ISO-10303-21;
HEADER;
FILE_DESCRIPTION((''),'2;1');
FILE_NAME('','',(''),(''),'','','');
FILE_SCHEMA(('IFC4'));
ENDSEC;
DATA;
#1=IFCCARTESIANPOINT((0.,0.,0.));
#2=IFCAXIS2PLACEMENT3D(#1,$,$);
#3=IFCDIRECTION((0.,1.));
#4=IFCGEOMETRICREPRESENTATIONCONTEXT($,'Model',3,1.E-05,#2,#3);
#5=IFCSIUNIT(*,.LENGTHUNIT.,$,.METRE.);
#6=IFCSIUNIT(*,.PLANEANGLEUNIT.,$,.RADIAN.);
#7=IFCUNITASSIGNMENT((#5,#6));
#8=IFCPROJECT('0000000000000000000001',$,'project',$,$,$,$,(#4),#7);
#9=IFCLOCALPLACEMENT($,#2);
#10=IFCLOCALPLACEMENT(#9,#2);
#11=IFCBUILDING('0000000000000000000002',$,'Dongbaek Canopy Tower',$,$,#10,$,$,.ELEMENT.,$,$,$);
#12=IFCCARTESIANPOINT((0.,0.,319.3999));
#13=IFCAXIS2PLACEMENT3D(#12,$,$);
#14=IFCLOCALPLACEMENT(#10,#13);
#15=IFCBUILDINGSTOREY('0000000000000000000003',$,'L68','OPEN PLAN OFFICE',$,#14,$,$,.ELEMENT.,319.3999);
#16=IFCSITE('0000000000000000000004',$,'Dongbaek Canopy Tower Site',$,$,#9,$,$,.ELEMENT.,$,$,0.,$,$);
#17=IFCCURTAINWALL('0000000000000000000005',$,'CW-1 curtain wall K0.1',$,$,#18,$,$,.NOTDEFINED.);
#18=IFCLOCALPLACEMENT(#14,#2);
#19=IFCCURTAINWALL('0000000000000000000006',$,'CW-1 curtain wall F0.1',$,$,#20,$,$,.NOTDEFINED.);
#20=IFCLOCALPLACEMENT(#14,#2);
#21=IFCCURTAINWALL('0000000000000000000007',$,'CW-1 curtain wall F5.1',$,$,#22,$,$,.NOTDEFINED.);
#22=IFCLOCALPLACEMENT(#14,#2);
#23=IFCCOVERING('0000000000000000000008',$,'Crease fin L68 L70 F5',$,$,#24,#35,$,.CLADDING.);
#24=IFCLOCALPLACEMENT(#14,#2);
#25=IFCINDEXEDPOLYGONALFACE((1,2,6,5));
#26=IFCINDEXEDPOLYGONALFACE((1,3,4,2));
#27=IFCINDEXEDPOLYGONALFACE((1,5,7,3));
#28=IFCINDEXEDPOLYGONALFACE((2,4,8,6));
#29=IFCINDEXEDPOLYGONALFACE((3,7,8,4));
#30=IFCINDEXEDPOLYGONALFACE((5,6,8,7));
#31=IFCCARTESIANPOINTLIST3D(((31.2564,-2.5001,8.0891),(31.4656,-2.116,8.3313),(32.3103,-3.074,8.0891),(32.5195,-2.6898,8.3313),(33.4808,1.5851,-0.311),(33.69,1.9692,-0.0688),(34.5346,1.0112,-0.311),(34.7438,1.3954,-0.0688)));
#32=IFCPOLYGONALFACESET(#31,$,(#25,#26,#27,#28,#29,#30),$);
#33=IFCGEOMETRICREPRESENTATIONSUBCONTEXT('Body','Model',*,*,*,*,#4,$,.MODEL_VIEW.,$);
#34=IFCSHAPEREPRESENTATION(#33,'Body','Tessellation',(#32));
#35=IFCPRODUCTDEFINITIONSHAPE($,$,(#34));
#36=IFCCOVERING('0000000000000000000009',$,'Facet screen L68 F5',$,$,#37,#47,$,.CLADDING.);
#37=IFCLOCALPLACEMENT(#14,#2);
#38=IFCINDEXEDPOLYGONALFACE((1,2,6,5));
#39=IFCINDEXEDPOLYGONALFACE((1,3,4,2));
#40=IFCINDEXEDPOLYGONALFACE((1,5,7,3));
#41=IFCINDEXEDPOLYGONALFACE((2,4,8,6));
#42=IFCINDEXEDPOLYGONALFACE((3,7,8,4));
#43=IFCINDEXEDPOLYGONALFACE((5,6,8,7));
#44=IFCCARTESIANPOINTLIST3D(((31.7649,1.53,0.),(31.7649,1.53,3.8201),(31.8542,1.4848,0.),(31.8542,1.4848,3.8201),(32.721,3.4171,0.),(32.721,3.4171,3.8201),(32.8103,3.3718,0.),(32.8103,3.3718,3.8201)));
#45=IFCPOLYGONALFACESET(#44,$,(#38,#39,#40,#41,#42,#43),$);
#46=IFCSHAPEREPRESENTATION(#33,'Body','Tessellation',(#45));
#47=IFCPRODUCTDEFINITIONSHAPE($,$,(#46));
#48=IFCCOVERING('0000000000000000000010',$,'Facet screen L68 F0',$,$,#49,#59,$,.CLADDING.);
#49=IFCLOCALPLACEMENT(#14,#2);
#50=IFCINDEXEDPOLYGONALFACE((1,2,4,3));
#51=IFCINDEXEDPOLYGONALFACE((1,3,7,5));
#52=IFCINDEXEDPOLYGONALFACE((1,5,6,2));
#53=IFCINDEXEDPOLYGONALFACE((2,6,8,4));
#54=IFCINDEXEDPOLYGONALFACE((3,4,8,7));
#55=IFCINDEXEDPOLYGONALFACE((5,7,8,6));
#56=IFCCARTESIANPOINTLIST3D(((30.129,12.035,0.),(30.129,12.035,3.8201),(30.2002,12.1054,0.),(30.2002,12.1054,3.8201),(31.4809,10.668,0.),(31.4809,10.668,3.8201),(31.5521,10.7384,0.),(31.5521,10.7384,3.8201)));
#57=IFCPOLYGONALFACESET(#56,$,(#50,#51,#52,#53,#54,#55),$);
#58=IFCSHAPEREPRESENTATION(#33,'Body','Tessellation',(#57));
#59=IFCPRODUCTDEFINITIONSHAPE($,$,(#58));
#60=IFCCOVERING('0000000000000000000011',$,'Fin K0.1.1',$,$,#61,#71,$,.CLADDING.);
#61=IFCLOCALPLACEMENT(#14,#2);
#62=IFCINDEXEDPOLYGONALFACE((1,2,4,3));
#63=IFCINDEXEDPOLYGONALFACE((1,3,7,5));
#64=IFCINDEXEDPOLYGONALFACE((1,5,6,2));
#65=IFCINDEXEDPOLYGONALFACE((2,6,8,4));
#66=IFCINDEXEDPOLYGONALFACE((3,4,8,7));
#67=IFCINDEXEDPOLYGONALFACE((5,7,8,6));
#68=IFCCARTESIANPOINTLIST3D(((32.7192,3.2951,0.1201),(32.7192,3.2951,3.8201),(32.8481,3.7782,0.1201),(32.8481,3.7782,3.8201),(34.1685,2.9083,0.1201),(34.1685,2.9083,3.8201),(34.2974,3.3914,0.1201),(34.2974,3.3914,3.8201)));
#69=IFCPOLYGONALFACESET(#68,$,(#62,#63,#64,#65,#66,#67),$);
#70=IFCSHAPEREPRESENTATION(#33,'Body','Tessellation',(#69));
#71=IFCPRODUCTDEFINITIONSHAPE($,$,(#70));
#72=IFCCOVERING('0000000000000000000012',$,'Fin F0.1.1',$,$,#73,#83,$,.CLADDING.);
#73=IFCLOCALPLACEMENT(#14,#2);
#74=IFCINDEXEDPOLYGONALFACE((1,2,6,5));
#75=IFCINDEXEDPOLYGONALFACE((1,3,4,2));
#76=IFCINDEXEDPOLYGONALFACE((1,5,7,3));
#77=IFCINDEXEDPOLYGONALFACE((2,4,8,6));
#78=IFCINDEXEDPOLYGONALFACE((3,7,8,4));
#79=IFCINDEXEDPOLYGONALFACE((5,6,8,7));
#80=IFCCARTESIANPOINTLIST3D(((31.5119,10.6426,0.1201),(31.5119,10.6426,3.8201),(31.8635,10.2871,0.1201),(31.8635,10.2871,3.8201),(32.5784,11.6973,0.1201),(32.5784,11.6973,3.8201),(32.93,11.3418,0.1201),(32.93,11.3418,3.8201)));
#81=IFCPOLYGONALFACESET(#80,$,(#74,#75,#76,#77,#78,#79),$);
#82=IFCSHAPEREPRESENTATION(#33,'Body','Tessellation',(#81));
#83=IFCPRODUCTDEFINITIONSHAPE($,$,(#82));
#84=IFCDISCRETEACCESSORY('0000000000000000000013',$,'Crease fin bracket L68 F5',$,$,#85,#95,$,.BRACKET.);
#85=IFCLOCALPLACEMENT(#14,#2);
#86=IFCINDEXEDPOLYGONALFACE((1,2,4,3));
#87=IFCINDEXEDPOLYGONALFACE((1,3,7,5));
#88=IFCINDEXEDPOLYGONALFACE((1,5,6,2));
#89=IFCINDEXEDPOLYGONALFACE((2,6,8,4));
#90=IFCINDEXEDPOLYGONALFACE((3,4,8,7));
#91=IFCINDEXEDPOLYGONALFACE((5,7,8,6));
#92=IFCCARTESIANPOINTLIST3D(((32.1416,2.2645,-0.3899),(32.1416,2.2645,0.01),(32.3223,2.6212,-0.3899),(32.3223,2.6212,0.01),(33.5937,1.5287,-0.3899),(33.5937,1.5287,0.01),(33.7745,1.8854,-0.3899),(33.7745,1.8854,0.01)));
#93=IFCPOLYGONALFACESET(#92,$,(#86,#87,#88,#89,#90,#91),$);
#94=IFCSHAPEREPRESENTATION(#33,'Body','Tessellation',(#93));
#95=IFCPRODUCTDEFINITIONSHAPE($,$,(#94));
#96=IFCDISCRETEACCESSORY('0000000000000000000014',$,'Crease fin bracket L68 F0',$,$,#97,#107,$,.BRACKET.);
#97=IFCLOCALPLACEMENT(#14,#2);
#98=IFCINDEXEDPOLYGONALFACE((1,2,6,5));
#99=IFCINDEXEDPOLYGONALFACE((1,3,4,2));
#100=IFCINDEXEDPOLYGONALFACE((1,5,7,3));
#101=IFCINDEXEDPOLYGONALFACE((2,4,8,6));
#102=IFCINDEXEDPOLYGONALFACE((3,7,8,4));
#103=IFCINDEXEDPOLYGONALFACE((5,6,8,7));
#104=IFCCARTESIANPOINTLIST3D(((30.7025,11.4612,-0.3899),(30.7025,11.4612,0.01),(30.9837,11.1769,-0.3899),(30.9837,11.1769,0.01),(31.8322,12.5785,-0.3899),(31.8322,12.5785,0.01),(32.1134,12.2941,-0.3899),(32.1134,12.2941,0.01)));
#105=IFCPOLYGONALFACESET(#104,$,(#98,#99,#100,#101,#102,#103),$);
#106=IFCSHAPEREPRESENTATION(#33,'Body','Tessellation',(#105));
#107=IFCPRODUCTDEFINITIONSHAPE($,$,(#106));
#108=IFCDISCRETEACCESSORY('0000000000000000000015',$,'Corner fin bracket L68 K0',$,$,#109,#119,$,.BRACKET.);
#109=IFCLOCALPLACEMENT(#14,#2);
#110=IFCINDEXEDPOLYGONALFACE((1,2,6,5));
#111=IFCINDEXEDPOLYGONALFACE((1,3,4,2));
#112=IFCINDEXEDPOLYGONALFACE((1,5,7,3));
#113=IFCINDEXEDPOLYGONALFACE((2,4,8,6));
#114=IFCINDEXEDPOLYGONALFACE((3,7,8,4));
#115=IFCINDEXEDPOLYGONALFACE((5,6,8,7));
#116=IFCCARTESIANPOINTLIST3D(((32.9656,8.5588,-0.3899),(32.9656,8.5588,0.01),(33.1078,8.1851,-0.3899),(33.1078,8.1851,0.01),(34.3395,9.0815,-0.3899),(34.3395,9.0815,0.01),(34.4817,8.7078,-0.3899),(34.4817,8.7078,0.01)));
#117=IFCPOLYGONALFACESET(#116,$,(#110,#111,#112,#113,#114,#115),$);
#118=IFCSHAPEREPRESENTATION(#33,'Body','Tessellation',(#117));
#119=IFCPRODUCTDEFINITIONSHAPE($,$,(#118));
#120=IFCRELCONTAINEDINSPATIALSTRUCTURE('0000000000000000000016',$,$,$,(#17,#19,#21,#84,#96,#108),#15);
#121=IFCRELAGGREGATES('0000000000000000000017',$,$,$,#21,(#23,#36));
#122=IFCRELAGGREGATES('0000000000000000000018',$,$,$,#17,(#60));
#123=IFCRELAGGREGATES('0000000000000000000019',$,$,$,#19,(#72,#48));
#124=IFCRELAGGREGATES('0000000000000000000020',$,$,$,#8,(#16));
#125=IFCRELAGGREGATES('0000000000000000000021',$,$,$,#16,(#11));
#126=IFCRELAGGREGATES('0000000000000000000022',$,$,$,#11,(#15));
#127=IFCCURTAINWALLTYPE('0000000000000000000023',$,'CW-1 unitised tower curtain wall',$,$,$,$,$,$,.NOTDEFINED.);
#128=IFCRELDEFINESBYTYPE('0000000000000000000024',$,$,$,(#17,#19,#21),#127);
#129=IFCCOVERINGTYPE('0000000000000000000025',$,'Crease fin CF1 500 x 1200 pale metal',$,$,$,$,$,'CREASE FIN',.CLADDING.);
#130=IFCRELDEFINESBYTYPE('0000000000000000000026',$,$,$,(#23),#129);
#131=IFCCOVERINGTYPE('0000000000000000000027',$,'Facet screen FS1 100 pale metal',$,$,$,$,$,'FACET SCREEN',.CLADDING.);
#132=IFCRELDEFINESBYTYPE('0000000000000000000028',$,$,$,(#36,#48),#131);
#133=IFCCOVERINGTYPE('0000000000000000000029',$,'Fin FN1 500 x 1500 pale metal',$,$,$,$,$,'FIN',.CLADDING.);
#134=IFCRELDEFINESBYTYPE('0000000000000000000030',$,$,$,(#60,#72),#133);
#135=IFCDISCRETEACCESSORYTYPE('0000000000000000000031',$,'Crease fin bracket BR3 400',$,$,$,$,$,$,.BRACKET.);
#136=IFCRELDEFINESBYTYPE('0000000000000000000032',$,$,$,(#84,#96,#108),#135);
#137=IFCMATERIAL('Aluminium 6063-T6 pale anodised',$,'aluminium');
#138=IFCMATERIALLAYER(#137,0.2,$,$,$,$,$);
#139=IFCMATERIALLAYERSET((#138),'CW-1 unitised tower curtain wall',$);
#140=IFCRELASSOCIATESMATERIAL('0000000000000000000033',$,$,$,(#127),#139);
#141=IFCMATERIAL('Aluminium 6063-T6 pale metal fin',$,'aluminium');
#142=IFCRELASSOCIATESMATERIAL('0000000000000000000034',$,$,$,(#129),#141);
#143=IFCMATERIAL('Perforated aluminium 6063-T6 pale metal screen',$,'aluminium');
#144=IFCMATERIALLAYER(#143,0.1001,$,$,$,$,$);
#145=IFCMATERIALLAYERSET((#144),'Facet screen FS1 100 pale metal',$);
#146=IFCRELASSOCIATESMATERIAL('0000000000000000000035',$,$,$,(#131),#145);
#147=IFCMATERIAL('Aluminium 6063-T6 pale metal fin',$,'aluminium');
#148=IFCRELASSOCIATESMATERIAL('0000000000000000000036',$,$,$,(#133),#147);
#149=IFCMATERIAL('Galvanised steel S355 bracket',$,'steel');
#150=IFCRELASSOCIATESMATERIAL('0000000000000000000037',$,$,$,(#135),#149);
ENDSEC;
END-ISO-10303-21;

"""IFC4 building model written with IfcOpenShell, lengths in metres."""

from ifc_helpers import new_model, si_unit, direction, frame, origin, origin_2d, place, context, subcontext, project, spatial, rectangle, extrude, material, layer, layer_set, material_profile, profile_set, type_object, element, aggregate, save


model = new_model("IFC4")

# Units and contexts
model_context = context("Model", 3, precision=1e-05, world=origin(), true_north=direction((0.0, 1.0)))
body_context = subcontext(model_context, "Body", "Model", "MODEL_VIEW")
ifc_project = project(units=[si_unit("LENGTHUNIT", "METRE"), si_unit("PLANEANGLEUNIT", "RADIAN")], contexts=[model_context])

# Site, building, storey
site_placement = place(None, origin())
site = spatial("IfcSite", under=ifc_project, at=site_placement, Name="Dongbaek Canopy Tower Site", CompositionType="ELEMENT", RefElevation=0.0)
building_placement = place(site_placement, origin())
building = spatial("IfcBuilding", under=site, at=building_placement, Name="Dongbaek Canopy Tower", CompositionType="ELEMENT")
storey_placement = place(building_placement, frame((0.0, 0.0, 319.3999)))
storey = spatial("IfcBuildingStorey", under=building, at=storey_placement, Name="L68", Description="OPEN PLAN OFFICE", CompositionType="ELEMENT", Elevation=319.3999)

# Curtain wall
ifc_material_1 = material(Name="Aluminium 6063-T6 pale anodised", Category="aluminium")
ifc_layer_1 = layer(ifc_material_1, 0.2)
ifc_layer_set_1 = layer_set([ifc_layer_1], Name="CW-1 unitised tower curtain wall")
curtain_wall_type = type_object("IfcCurtainWallType", Name="CW-1 unitised tower curtain wall", PredefinedType="NOTDEFINED", material=ifc_layer_set_1)
curtain_wall_1_placement = place(storey_placement, origin())
curtain_wall_1 = element("IfcCurtainWall", 1, at=curtain_wall_1_placement, inside=storey, type_object=curtain_wall_type, Name="CW-1 curtain wall K0.1", PredefinedType="NOTDEFINED")

# Curtain wall
curtain_wall_2_placement = place(storey_placement, origin())
curtain_wall_2 = element("IfcCurtainWall", 2, at=curtain_wall_2_placement, inside=storey, type_object=curtain_wall_type, Name="CW-1 curtain wall F0.1", PredefinedType="NOTDEFINED")

# Curtain wall
curtain_wall_3_placement = place(storey_placement, origin())
curtain_wall_3 = element("IfcCurtainWall", 3, at=curtain_wall_3_placement, inside=storey, type_object=curtain_wall_type, Name="CW-1 curtain wall F5.1", PredefinedType="NOTDEFINED")

# Coverings
ifc_material_2 = material(Name="Aluminium 6063-T6 pale metal fin", Category="aluminium")
ifc_material_profile_1 = material_profile(ifc_material_2, rectangle(XDim=1.2, YDim=0.5, at=origin_2d()), Name="Crease fin CF1 500 x 1200 pale metal")
ifc_profile_set_1 = profile_set([ifc_material_profile_1], Name="Aluminium 6063-T6 pale metal fin")
covering_type_1 = type_object("IfcCoveringType", Name="Crease fin CF1 500 x 1200 pale metal", ElementType="CREASE FIN", PredefinedType="CLADDING", material=ifc_profile_set_1)
covering_1_placement = place(storey_placement, frame((34.1123, 1.4902, -0.1899), z_axis=(-0.231655, -0.425452, 0.874829), x_axis=(0.87825, -0.478201, 0.0)))
covering_1 = element("IfcCovering", 4, at=covering_1_placement, type_object=covering_type_1, Name="Crease fin L68 L70 F5", PredefinedType="CLADDING", context=body_context, shape_type="SweptSolid", body=[
    extrude(rectangle(XDim=1.2, YDim=0.5, at=origin_2d()), origin(), (0.0, 0.0, 1.0), 9.6021),
])
ifc_material_3 = material(Name="Perforated aluminium 6063-T6 pale metal screen", Category="aluminium")
ifc_layer_2 = layer(ifc_material_3, 0.1001)
ifc_layer_set_2 = layer_set([ifc_layer_2], Name="Facet screen FS1 100 pale metal")
covering_type_2 = type_object("IfcCoveringType", Name="Facet screen FS1 100 pale metal", ElementType="FACET SCREEN", PredefinedType="CLADDING", material=ifc_layer_set_2)
covering_2_placement = place(storey_placement, frame((32.2876, 2.4509, 0.0), z_axis=(0.0, 0.0, 1.0), x_axis=(0.451969, 0.892034, 0.0)))
covering_2 = element("IfcCovering", 5, at=covering_2_placement, type_object=covering_type_2, Name="Facet screen L68 F5", PredefinedType="CLADDING", context=body_context, shape_type="SweptSolid", body=[
    extrude(rectangle(XDim=2.1155, YDim=0.1001, at=origin_2d()), origin(), (0.0, 0.0, 1.0), 3.8201),
])
aggregate(curtain_wall_3, [covering_1, covering_2])
covering_3_placement = place(storey_placement, frame((30.8406, 11.3867, 0.0), z_axis=(0.0, 0.0, 1.0), x_axis=(-0.703156, 0.711035, 0.0)))
covering_3 = element("IfcCovering", 6, at=covering_3_placement, type_object=covering_type_2, Name="Facet screen L68 F0", PredefinedType="CLADDING", context=body_context, shape_type="SweptSolid", body=[
    extrude(rectangle(XDim=1.9226, YDim=0.1001, at=origin_2d()), origin(), (0.0, 0.0, 1.0), 3.8201),
])
ifc_material_4 = material(Name="Aluminium 6063-T6 pale metal fin", Category="aluminium")
ifc_material_profile_2 = material_profile(ifc_material_4, rectangle(XDim=1.5, YDim=0.5, at=origin_2d()), Name="Fin FN1 500 x 1500 pale metal")
ifc_profile_set_2 = profile_set([ifc_material_profile_2], Name="Aluminium 6063-T6 pale metal fin")
covering_type_3 = type_object("IfcCoveringType", Name="Fin FN1 500 x 1500 pale metal", ElementType="FIN", PredefinedType="CLADDING", material=ifc_profile_set_2)
covering_4_placement = place(storey_placement, frame((33.5083, 3.3433, 0.1201), z_axis=(0.0, 0.0, 1.0), x_axis=(0.966174, -0.257892, 0.0)))
covering_4 = element("IfcCovering", 7, at=covering_4_placement, type_object=covering_type_3, Name="Fin K0.1.1", PredefinedType="CLADDING", context=body_context, shape_type="SweptSolid", body=[
    extrude(rectangle(XDim=1.5, YDim=0.5, at=origin_2d()), origin(), (0.0, 0.0, 1.0), 3.7),
])
aggregate(curtain_wall_1, [covering_4])
covering_5_placement = place(storey_placement, frame((32.2209, 10.9922, 0.1201), z_axis=(0.0, 0.0, 1.0), x_axis=(0.711035, 0.703156, 0.0)))
covering_5 = element("IfcCovering", 8, at=covering_5_placement, type_object=covering_type_3, Name="Fin F0.1.1", PredefinedType="CLADDING", context=body_context, shape_type="SweptSolid", body=[
    extrude(rectangle(XDim=1.5, YDim=0.5, at=origin_2d()), origin(), (0.0, 0.0, 1.0), 3.7),
])
aggregate(curtain_wall_2, [covering_5, covering_3])

# Discrete accessories
ifc_material_5 = material(Name="Galvanised steel S355 bracket", Category="steel")
discrete_accessory_type = type_object("IfcDiscreteAccessoryType", Name="Crease fin bracket BR3 400", PredefinedType="BRACKET", material=ifc_material_5)
discrete_accessory_1_placement = place(storey_placement, frame((32.958, 2.075, -0.3899), z_axis=(0.0, 0.0, 1.0), x_axis=(0.892034, -0.451969, 0.0)))
element("IfcDiscreteAccessory", 9, at=discrete_accessory_1_placement, inside=storey, type_object=discrete_accessory_type, Name="Crease fin bracket L68 F5", PredefinedType="BRACKET", context=body_context, shape_type="SweptSolid", body=[
    extrude(rectangle(XDim=1.6279, YDim=0.3999, at=origin_2d()), origin(), (0.0, 0.0, 1.0), 0.3999),
])
discrete_accessory_2_placement = place(storey_placement, frame((31.408, 11.8777, -0.3899), z_axis=(0.0, 0.0, 1.0), x_axis=(0.711035, 0.703156, 0.0)))
element("IfcDiscreteAccessory", 10, at=discrete_accessory_2_placement, inside=storey, type_object=discrete_accessory_type, Name="Crease fin bracket L68 F0", PredefinedType="BRACKET", context=body_context, shape_type="SweptSolid", body=[
    extrude(rectangle(XDim=1.5889, YDim=0.3999, at=origin_2d()), origin(), (0.0, 0.0, 1.0), 0.3999),
])
discrete_accessory_3_placement = place(storey_placement, frame((33.7236, 8.6333, -0.3899), z_axis=(0.0, 0.0, 1.0), x_axis=(0.934637, 0.355605, 0.0)))
element("IfcDiscreteAccessory", 11, at=discrete_accessory_3_placement, inside=storey, type_object=discrete_accessory_type, Name="Corner fin bracket L68 K0", PredefinedType="BRACKET", context=body_context, shape_type="SweptSolid", body=[
    extrude(rectangle(XDim=1.47, YDim=0.3999, at=origin_2d()), origin(), (0.0, 0.0, 1.0), 0.3999),
])

save(model, "model.ifc")
